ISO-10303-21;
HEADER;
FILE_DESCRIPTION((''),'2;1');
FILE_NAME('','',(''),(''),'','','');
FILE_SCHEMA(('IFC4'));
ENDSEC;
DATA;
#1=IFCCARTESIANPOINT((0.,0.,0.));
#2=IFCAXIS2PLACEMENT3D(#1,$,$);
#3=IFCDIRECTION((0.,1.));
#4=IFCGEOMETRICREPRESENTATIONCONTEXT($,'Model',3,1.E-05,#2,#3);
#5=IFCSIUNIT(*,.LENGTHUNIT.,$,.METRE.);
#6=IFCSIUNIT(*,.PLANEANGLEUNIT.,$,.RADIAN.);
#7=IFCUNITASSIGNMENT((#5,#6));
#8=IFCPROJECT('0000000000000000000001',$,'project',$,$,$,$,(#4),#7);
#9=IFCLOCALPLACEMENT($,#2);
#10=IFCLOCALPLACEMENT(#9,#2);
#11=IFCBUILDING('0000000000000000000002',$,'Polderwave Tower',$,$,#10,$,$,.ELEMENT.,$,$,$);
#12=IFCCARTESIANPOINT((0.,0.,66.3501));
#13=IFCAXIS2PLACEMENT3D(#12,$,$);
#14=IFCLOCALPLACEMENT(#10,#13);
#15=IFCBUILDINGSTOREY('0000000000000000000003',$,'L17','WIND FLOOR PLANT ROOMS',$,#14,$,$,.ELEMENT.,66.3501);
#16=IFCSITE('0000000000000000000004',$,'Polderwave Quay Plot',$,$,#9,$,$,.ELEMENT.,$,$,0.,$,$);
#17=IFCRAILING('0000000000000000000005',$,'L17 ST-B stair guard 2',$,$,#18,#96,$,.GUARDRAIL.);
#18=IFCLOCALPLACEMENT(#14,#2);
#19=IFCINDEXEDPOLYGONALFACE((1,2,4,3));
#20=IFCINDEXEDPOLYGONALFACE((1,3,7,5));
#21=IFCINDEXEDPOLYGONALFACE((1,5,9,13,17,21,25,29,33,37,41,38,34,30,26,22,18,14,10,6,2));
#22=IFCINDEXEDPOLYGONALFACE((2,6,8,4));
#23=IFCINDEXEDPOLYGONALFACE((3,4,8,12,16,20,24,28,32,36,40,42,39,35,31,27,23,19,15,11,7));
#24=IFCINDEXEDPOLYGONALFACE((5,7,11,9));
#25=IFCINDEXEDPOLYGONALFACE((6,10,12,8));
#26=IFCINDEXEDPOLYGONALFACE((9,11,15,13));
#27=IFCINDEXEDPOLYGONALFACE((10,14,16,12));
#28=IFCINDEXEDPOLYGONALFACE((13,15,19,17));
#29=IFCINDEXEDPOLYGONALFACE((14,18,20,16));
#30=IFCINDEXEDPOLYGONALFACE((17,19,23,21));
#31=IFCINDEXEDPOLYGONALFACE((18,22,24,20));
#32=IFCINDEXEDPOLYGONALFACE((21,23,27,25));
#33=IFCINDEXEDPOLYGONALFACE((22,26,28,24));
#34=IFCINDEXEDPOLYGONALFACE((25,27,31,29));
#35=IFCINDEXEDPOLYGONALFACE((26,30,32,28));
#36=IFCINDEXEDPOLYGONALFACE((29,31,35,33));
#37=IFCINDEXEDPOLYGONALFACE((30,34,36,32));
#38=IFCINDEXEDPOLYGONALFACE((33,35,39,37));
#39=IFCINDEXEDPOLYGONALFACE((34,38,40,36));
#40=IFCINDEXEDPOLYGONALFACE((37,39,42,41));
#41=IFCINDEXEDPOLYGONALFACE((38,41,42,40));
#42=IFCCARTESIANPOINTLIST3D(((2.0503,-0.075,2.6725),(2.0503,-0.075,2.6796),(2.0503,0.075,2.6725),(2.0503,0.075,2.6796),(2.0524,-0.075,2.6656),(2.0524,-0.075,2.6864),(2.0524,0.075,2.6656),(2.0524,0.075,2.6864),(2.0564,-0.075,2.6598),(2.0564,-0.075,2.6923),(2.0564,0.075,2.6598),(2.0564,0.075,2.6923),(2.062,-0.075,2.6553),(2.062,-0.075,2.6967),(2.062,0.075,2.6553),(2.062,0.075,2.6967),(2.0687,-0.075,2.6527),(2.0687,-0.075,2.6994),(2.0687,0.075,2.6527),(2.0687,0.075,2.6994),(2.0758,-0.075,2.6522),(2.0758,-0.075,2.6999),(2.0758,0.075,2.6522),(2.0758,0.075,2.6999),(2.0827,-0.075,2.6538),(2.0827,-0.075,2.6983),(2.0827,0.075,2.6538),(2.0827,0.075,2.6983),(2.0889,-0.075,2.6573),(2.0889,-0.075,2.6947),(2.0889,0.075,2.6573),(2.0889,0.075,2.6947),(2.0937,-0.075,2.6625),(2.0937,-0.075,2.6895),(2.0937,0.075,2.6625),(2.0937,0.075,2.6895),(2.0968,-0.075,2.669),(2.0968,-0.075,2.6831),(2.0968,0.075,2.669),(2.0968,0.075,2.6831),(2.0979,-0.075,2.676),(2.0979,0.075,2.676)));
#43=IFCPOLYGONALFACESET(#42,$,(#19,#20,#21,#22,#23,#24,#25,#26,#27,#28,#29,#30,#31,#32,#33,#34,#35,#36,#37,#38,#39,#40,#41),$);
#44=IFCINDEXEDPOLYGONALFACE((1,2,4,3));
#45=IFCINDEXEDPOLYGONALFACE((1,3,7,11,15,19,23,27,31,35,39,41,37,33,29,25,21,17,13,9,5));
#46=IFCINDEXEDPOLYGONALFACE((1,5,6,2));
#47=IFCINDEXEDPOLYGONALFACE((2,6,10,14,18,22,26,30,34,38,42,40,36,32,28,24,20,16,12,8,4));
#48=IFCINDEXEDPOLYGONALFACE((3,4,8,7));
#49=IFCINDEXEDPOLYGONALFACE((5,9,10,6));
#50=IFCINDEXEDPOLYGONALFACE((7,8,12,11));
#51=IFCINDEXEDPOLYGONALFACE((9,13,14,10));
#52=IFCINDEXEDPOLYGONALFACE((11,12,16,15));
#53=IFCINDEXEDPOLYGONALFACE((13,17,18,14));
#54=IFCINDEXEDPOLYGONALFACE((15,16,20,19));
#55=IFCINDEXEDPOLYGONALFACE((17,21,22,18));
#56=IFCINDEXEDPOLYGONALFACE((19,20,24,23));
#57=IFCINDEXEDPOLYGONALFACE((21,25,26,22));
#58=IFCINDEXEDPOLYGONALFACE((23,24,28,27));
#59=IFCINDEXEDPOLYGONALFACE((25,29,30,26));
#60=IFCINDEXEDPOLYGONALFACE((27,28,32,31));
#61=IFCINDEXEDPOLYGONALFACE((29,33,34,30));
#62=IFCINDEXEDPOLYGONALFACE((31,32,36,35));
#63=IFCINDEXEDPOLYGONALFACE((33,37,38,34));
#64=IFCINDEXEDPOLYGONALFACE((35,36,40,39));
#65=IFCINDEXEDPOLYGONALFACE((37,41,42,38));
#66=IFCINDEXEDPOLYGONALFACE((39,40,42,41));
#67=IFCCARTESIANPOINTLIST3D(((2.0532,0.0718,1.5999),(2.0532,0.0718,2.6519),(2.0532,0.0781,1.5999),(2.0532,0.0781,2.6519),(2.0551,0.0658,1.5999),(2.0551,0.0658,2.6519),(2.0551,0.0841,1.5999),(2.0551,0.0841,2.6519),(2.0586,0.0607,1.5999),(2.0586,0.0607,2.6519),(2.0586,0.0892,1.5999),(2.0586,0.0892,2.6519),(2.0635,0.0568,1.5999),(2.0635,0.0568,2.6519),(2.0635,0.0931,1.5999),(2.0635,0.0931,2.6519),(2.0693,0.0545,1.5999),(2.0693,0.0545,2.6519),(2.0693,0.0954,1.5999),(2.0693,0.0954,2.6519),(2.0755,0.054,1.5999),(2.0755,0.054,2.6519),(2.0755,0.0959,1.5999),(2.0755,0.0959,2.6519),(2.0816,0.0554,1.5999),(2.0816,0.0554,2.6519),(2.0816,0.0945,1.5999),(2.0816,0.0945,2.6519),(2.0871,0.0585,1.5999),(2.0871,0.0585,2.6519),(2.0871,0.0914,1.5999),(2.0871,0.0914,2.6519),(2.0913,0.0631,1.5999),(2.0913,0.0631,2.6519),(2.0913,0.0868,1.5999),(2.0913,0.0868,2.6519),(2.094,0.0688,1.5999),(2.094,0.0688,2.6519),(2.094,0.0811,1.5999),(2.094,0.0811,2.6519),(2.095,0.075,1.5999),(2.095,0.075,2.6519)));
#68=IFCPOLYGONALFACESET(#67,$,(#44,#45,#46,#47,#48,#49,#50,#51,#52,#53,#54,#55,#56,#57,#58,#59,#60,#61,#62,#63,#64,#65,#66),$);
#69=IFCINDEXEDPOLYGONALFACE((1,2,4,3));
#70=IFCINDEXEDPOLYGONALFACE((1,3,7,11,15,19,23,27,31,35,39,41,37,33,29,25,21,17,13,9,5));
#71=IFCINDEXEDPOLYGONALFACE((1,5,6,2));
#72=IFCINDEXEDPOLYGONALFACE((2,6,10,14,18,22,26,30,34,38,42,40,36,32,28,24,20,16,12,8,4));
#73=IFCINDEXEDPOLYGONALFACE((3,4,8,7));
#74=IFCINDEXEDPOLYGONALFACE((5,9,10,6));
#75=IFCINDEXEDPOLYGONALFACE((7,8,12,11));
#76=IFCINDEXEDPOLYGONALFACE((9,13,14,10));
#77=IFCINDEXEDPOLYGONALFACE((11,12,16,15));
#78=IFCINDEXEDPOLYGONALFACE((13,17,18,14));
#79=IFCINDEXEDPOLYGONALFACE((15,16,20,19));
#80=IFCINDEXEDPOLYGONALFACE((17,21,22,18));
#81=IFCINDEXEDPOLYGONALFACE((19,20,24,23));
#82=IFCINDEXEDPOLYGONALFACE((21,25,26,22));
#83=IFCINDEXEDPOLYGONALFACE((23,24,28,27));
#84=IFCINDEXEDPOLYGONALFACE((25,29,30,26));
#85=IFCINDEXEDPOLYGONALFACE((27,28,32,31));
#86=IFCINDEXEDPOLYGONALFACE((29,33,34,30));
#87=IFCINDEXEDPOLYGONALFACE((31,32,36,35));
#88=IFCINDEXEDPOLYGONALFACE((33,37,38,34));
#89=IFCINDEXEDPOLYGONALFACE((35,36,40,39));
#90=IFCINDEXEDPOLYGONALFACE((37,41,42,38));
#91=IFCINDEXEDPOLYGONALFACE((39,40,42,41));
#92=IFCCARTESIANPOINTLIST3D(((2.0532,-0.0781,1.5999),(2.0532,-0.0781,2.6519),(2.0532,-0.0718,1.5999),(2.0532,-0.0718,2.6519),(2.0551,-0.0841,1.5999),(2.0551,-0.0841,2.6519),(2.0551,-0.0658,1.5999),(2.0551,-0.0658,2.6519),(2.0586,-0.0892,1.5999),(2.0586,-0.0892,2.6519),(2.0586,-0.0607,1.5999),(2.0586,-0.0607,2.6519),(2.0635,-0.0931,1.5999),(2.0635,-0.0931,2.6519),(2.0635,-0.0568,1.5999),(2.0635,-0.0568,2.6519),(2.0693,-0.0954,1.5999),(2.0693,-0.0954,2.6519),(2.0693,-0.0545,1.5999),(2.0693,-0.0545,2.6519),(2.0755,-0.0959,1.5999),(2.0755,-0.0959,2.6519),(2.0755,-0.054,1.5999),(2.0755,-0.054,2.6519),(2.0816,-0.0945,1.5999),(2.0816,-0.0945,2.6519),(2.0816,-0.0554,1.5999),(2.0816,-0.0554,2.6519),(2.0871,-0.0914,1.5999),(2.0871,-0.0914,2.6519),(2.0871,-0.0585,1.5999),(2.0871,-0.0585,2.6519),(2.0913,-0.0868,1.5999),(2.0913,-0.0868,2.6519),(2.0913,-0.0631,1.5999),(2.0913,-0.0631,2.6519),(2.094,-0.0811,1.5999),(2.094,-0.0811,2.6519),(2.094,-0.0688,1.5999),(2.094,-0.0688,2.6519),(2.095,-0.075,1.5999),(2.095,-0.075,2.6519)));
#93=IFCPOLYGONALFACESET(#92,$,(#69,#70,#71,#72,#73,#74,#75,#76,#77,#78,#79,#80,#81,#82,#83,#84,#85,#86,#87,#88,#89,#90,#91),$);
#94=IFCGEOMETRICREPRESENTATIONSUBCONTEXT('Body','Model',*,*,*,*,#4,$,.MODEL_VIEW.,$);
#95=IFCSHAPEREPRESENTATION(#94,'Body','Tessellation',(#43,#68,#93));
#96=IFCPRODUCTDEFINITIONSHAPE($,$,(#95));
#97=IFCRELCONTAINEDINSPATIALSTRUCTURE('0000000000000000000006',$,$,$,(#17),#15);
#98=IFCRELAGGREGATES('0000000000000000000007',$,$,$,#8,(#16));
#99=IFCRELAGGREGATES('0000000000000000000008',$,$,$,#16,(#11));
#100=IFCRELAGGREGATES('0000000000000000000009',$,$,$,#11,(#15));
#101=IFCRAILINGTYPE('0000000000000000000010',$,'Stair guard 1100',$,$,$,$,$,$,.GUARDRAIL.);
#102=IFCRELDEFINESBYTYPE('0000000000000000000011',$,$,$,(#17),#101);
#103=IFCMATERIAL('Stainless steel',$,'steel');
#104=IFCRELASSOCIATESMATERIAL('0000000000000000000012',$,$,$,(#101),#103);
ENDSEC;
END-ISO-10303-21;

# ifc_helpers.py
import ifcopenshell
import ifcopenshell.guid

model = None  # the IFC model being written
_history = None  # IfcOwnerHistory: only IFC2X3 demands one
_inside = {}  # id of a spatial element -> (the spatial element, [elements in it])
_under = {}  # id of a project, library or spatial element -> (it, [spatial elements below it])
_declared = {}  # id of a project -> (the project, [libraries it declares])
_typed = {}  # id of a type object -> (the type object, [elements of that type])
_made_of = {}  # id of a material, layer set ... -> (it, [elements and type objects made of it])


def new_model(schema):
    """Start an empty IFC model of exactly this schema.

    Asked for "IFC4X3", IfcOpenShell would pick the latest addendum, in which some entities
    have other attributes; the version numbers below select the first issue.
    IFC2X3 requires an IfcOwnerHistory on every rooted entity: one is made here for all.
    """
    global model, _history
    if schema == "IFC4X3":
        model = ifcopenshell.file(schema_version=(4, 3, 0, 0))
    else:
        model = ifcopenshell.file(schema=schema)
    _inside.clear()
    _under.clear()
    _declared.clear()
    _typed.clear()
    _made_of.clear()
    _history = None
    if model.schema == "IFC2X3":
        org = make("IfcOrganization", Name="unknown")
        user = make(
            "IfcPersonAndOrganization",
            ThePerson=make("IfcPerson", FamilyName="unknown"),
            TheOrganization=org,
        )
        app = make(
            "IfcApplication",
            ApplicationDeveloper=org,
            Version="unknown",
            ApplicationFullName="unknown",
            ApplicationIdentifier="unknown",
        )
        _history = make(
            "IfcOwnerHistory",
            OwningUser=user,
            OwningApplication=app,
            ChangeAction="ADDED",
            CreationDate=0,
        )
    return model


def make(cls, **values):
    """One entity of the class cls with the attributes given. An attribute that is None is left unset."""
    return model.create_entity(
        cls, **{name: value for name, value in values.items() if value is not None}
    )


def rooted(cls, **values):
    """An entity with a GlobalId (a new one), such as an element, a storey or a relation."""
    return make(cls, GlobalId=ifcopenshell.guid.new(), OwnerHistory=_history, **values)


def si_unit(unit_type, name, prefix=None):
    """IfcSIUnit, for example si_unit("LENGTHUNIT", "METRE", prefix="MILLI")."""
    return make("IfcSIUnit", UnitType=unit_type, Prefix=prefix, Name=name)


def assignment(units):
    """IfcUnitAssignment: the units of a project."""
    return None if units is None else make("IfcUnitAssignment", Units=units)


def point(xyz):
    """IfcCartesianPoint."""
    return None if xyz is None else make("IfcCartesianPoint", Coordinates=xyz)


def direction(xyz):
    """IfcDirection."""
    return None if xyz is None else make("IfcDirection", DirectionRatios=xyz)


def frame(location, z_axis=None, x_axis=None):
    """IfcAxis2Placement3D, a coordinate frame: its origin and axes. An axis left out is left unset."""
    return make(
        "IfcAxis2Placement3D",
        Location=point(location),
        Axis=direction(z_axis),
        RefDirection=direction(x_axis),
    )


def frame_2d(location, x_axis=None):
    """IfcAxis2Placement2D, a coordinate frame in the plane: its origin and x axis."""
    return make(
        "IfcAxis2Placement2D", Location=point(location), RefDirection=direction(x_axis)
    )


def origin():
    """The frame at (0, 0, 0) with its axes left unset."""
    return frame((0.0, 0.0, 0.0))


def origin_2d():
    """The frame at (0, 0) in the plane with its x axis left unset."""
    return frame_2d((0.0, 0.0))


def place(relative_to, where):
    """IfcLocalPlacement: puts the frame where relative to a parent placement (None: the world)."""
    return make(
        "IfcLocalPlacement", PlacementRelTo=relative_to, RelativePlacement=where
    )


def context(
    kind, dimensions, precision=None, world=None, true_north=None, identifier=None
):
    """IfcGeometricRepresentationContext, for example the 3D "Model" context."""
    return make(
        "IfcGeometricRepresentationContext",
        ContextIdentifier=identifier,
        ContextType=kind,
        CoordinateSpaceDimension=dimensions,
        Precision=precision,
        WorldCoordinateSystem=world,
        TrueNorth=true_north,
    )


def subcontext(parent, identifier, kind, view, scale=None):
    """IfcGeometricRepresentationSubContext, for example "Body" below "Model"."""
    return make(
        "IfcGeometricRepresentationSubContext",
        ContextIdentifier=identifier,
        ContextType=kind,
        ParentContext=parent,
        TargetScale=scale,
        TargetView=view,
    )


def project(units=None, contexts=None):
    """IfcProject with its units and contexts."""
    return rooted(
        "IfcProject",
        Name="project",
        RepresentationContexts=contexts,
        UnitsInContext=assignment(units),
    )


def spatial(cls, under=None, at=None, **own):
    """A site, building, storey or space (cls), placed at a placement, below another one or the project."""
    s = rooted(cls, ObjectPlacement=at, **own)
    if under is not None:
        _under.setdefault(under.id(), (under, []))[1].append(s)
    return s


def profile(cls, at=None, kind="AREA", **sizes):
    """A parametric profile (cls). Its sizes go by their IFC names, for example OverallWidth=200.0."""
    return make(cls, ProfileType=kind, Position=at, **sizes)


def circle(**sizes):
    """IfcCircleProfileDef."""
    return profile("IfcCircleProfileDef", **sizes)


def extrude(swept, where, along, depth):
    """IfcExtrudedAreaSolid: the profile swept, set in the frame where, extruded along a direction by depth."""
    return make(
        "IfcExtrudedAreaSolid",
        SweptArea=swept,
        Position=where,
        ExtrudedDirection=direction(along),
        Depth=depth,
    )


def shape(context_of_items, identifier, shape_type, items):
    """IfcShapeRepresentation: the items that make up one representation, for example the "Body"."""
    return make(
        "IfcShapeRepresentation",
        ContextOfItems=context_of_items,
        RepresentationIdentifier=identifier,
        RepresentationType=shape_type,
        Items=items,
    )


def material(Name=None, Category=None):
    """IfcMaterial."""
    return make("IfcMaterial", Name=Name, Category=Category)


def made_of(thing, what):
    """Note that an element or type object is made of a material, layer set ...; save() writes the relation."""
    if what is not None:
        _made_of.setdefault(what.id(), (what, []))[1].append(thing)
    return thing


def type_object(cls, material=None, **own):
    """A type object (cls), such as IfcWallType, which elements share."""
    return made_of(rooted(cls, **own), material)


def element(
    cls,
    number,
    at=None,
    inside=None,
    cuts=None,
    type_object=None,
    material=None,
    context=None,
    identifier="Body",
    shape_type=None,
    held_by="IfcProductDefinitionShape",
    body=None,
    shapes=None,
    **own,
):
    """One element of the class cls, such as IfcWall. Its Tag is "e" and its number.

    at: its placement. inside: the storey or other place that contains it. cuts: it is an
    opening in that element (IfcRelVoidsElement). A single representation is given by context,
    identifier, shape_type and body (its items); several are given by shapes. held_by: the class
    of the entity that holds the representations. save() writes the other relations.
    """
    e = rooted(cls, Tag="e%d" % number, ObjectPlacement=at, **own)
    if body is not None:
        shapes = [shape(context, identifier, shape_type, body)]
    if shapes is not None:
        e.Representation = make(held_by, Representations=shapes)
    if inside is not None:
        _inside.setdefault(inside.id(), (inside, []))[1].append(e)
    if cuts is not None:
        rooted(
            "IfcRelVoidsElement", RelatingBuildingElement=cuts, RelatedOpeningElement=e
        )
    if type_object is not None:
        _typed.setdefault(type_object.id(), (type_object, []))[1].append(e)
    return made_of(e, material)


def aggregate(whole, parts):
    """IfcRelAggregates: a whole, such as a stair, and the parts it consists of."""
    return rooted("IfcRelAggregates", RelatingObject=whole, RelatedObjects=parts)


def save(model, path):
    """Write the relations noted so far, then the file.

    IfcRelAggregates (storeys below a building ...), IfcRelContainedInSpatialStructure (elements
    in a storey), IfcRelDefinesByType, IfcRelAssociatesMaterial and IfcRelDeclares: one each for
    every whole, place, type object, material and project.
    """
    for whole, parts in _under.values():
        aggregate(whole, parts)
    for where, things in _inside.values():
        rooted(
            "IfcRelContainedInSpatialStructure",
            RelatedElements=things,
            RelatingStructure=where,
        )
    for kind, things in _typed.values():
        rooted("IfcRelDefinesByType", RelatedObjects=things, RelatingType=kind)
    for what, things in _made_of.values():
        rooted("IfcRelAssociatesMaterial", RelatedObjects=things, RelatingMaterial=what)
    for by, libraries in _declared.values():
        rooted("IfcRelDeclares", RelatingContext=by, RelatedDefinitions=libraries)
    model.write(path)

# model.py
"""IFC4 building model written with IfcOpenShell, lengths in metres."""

from ifc_helpers import new_model, si_unit, direction, frame, origin, origin_2d, place, context, subcontext, project, spatial, circle, extrude, material, type_object, element, save


model = new_model("IFC4")

# Units and contexts
model_context = context("Model", 3, precision=1e-05, world=origin(), true_north=direction((0.0, 1.0)))
body_context = subcontext(model_context, "Body", "Model", "MODEL_VIEW")
ifc_project = project(units=[si_unit("LENGTHUNIT", "METRE"), si_unit("PLANEANGLEUNIT", "RADIAN")], contexts=[model_context])

# Site, building, storey
site_placement = place(None, origin())
site = spatial("IfcSite", under=ifc_project, at=site_placement, Name="Polderwave Quay Plot", CompositionType="ELEMENT", RefElevation=0.0)
building_placement = place(site_placement, origin())
building = spatial("IfcBuilding", under=site, at=building_placement, Name="Polderwave Tower", CompositionType="ELEMENT")
storey_placement = place(building_placement, frame((0.0, 0.0, 66.3501)))
storey = spatial("IfcBuildingStorey", under=building, at=storey_placement, Name="L17", Description="WIND FLOOR PLANT ROOMS", CompositionType="ELEMENT", Elevation=66.3501)

# Railing
ifc_material_1 = material(Name="Stainless steel", Category="steel")
railing_type_1 = type_object("IfcRailingType", Name="Stair guard 1100", PredefinedType="GUARDRAIL", material=ifc_material_1)
railing_1_placement = place(storey_placement, frame((2.074, 0.075, 1.5999)))
element("IfcRailing", 1, at=railing_1_placement, inside=storey, type_object=railing_type_1, Name="L17 ST-B stair guard 2", PredefinedType="GUARDRAIL", context=body_context, shape_type="SweptSolid", body=[
    extrude(circle(Radius=0.0239, at=origin_2d()), frame((0.0, 0.0, 1.0762), z_axis=(0.0, -1.0, 0.0), x_axis=(1.0, 0.0, 0.0)), (0.0, 0.0, 1.0), 0.1499),
    extrude(circle(Radius=0.021, at=origin_2d()), origin(), (0.0, 0.0, 1.0), 1.052),
    extrude(circle(Radius=0.021, at=origin_2d()), frame((0.0, -0.1499, 0.0)), (0.0, 0.0, 1.0), 1.052),
])

save(model, "model.ifc")
